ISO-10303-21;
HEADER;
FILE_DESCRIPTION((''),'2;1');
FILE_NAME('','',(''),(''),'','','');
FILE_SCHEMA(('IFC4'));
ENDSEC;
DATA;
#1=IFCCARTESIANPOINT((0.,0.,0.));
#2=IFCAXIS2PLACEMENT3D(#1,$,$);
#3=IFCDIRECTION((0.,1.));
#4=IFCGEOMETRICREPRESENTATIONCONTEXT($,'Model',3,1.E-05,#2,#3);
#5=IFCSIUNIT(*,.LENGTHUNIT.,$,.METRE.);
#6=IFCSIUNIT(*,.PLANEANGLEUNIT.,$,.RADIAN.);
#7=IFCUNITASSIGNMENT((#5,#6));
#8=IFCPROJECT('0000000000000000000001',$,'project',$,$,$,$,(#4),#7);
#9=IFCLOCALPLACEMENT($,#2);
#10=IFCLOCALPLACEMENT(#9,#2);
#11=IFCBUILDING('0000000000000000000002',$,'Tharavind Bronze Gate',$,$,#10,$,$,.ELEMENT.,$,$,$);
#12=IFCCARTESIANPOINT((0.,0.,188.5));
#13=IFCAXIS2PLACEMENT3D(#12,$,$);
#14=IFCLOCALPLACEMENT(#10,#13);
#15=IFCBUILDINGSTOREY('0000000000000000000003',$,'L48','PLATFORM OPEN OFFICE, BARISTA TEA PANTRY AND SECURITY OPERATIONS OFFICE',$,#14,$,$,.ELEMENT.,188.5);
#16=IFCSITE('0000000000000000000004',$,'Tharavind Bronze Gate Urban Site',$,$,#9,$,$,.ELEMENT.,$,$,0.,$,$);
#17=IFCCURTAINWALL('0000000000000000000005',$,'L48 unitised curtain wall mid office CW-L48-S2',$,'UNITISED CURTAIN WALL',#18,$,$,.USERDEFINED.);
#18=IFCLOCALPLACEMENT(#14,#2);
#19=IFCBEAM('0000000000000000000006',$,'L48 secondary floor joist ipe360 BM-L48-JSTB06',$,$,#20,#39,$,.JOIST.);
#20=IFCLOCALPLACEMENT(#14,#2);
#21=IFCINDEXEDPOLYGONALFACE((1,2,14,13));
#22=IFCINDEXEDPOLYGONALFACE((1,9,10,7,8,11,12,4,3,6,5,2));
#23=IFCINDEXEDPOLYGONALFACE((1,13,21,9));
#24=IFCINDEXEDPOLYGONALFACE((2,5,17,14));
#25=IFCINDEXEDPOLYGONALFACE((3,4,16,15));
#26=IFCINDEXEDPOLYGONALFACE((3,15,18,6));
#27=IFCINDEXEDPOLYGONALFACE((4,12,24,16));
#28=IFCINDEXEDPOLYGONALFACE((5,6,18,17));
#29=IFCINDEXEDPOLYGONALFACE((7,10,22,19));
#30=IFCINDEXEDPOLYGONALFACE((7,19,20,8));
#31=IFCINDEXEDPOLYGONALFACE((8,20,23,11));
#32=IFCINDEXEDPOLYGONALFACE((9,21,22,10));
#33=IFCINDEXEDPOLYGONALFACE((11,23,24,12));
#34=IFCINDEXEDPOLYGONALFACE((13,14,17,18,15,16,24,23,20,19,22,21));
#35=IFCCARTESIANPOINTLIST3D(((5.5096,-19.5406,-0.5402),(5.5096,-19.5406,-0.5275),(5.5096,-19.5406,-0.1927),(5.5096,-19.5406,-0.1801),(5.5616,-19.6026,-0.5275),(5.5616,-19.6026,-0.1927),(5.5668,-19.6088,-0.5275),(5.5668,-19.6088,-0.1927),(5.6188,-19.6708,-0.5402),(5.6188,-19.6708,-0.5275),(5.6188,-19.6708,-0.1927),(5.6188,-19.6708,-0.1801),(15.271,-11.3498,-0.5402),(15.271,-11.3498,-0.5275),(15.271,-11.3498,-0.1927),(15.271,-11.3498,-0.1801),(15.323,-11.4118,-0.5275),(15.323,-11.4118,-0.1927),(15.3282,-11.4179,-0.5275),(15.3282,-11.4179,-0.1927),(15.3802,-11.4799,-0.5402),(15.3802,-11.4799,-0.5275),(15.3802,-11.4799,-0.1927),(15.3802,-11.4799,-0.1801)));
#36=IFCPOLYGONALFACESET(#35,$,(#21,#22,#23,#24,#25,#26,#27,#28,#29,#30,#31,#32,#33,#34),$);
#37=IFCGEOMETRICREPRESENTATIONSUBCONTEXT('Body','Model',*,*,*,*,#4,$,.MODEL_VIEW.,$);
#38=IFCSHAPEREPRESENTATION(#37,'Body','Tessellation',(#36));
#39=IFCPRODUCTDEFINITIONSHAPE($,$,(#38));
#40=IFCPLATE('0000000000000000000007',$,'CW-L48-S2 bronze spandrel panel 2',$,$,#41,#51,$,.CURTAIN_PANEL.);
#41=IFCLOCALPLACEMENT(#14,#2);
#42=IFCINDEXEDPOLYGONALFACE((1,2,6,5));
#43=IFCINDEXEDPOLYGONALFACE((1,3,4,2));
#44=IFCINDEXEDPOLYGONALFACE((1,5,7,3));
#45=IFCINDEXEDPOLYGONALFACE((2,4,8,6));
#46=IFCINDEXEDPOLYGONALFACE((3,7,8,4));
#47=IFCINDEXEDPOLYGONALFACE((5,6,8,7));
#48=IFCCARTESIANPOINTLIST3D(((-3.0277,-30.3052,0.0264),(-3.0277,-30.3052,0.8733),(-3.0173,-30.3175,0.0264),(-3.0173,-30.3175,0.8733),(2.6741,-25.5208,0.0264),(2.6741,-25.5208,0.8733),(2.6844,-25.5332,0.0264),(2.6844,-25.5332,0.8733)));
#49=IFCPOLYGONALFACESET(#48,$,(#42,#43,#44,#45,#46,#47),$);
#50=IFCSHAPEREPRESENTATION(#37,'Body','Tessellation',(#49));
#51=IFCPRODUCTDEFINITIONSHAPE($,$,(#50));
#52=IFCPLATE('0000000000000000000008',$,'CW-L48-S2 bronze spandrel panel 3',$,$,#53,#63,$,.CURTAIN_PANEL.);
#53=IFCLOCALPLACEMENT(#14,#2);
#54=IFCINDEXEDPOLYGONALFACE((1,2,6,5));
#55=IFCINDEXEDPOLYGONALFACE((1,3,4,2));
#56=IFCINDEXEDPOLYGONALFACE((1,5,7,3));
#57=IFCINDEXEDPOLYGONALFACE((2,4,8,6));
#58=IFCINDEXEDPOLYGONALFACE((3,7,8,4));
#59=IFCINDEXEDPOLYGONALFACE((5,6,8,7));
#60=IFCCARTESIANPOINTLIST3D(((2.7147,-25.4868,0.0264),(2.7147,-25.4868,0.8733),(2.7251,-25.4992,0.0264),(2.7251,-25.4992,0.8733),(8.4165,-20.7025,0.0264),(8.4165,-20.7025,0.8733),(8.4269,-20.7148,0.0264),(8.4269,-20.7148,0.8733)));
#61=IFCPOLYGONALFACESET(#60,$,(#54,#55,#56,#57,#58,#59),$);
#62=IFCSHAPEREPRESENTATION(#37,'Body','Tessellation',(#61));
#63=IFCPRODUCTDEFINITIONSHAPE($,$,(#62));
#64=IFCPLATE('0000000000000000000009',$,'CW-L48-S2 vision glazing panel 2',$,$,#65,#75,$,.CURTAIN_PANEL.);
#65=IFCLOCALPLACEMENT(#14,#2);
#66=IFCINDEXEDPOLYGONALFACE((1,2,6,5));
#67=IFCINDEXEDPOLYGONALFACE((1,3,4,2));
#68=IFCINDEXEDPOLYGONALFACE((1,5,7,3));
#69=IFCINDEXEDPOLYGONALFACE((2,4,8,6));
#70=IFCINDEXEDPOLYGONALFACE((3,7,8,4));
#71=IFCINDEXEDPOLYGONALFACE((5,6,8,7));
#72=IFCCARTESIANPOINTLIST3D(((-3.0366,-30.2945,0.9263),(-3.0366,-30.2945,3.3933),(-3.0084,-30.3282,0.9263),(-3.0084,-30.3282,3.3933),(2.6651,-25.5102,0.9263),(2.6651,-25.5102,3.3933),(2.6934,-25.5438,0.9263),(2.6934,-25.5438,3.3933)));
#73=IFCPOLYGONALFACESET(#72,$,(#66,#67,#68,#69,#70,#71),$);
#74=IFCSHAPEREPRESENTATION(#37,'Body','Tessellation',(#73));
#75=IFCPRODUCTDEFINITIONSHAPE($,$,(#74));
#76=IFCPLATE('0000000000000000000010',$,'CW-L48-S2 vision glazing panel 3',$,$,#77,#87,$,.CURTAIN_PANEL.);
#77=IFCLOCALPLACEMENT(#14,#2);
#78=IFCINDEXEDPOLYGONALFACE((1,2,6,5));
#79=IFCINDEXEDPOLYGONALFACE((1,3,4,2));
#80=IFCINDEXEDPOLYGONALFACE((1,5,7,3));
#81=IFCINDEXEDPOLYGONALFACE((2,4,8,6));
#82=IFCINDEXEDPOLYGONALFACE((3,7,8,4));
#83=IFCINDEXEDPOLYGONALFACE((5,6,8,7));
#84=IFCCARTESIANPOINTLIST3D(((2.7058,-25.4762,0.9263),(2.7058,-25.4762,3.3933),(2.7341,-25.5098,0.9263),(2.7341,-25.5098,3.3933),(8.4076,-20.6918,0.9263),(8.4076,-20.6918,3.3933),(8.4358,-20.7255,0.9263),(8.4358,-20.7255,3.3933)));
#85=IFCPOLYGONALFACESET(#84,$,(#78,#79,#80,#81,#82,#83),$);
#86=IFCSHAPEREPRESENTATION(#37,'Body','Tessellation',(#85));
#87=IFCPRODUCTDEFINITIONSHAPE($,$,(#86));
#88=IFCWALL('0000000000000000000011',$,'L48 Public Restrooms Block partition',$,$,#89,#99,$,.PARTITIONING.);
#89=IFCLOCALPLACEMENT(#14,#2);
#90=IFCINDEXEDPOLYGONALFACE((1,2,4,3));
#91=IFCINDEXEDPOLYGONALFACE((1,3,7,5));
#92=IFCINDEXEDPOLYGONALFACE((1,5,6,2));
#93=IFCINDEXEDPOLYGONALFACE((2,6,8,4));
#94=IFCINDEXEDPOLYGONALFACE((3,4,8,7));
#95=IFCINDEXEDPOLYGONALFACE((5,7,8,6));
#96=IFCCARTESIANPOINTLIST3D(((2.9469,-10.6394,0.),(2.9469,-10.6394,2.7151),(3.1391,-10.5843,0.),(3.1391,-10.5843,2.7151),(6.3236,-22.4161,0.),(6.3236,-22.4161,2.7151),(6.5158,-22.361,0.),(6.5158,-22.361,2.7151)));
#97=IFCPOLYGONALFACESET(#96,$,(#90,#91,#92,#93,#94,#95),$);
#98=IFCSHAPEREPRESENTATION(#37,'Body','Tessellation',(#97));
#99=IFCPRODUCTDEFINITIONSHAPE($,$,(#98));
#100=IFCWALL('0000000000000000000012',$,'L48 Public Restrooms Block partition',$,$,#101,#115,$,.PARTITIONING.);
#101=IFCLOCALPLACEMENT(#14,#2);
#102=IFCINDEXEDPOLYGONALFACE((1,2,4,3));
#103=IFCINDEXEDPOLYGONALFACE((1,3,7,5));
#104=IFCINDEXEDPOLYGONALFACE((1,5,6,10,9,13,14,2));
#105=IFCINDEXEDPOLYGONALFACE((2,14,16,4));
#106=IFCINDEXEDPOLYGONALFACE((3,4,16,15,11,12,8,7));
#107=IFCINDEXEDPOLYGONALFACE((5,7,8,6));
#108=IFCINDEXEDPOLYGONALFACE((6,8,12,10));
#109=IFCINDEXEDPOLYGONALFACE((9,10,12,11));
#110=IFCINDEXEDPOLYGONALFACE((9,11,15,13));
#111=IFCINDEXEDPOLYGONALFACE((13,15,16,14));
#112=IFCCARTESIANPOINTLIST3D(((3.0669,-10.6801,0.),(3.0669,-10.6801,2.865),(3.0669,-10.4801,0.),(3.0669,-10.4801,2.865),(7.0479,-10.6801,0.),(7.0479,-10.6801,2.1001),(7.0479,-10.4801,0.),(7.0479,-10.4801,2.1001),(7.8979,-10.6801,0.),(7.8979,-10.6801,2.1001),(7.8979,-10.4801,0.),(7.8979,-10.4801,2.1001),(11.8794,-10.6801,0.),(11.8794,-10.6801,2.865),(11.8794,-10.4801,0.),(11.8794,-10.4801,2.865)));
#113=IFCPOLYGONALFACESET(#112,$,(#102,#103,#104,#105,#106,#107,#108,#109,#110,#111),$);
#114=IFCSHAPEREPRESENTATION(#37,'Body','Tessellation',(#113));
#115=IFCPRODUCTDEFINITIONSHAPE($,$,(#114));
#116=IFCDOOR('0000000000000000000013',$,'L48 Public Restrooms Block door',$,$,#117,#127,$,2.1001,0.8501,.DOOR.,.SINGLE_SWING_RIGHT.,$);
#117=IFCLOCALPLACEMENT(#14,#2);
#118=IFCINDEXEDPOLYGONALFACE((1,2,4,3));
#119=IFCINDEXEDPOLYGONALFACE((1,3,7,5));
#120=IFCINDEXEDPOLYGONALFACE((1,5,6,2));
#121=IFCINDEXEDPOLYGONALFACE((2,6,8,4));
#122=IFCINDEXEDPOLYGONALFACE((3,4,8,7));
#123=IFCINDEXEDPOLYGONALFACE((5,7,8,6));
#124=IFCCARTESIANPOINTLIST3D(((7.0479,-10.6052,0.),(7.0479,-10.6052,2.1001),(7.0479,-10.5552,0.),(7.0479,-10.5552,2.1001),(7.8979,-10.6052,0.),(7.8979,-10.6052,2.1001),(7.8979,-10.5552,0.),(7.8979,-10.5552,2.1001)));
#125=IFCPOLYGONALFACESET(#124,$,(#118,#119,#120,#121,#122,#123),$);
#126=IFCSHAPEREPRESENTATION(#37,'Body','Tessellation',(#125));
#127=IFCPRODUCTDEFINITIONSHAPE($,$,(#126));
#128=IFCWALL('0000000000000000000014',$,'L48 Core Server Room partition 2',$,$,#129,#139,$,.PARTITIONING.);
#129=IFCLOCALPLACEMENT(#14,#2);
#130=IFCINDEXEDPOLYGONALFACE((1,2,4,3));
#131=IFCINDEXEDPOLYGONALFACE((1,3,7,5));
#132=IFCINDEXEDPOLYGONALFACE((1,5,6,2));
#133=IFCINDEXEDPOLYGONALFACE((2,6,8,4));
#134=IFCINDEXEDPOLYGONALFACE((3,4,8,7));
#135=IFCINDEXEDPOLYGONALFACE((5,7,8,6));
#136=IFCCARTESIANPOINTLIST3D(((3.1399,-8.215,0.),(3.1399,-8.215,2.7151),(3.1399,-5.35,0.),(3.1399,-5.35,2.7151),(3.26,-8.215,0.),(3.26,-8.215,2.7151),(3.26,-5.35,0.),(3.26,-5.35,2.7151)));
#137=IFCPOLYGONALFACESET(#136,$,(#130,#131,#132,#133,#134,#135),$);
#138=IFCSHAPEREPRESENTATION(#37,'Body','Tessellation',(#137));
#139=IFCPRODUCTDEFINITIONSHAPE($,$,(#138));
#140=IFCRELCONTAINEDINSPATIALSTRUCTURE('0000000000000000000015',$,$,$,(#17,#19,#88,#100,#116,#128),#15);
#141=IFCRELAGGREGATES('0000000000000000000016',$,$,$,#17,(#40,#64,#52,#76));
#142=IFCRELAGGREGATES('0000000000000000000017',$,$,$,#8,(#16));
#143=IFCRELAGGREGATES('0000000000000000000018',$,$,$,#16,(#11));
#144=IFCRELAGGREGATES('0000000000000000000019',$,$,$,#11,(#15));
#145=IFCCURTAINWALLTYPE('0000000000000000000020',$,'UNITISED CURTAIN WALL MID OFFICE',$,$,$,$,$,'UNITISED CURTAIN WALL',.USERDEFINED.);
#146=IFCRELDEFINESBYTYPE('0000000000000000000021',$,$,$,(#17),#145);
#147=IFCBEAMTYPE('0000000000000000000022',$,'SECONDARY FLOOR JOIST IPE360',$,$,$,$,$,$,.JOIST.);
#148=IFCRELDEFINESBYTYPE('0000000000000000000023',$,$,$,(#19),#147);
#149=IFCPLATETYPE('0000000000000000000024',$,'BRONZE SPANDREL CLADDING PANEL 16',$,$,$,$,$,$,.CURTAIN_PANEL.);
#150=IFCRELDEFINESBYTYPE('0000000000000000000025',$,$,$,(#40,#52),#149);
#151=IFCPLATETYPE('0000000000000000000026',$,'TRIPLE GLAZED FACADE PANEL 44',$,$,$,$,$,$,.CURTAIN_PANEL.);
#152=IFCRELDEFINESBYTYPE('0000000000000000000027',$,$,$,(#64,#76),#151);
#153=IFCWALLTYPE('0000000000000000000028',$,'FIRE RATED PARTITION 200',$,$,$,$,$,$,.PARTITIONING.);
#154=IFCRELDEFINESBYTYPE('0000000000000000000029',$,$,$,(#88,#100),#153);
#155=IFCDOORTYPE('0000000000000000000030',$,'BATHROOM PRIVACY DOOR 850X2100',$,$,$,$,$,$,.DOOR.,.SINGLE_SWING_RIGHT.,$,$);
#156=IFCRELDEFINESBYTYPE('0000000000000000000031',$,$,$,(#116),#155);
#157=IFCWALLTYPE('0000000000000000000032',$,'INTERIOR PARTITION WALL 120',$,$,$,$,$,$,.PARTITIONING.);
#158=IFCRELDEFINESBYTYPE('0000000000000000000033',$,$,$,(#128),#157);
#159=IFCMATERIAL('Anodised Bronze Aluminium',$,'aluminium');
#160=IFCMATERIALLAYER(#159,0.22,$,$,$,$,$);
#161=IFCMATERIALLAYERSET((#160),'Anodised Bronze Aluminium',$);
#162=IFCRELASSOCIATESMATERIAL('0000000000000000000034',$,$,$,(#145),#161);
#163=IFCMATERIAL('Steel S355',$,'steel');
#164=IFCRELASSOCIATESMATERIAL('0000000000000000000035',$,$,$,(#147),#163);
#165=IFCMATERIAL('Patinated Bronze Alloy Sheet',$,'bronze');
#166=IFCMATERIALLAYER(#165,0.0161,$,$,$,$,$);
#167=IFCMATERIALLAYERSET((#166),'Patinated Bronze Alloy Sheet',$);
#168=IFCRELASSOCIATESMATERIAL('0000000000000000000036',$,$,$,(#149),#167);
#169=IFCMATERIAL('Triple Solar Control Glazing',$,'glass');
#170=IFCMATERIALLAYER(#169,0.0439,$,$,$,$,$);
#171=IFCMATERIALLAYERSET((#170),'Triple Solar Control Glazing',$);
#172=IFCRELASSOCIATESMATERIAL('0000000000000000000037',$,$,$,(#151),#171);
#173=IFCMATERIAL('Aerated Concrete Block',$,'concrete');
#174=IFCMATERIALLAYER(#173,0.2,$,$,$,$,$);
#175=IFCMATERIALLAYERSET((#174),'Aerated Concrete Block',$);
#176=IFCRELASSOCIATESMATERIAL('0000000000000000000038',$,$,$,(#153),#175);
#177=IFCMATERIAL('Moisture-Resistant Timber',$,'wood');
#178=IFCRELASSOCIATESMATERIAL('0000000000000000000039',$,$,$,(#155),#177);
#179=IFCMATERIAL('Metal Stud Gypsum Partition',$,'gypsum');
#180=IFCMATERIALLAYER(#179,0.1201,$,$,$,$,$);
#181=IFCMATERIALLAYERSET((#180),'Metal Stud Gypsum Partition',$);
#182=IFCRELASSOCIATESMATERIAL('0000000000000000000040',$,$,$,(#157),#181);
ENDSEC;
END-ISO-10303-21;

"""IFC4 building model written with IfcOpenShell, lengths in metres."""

from ifc_helpers import new_model, si_unit, direction, frame, frame_2d, origin, origin_2d, place, context, subcontext, project, spatial, rectangle, i_section, extrude, material, layer, layer_set, material_profile, profile_set, type_object, element, fill, aggregate, save


model = new_model("IFC4")

# Units and contexts
model_context = context("Model", 3, precision=1e-05, world=origin(), true_north=direction((0.0, 1.0)))
body_context = subcontext(model_context, "Body", "Model", "MODEL_VIEW")
ifc_project = project(units=[si_unit("LENGTHUNIT", "METRE"), si_unit("PLANEANGLEUNIT", "RADIAN")], contexts=[model_context])

# Site, building, storey
site_placement = place(None, origin())
site = spatial("IfcSite", under=ifc_project, at=site_placement, Name="Tharavind Bronze Gate Urban Site", CompositionType="ELEMENT", RefElevation=0.0)
building_placement = place(site_placement, origin())
building = spatial("IfcBuilding", under=site, at=building_placement, Name="Tharavind Bronze Gate", CompositionType="ELEMENT")
storey_placement = place(building_placement, frame((0.0, 0.0, 188.5)))
storey = spatial("IfcBuildingStorey", under=building, at=storey_placement, Name="L48", Description="PLATFORM OPEN OFFICE, BARISTA TEA PANTRY AND SECURITY OPERATIONS OFFICE", CompositionType="ELEMENT", Elevation=188.5)

# Curtain wall
ifc_material_1 = material(Name="Anodised Bronze Aluminium", Category="aluminium")
ifc_layer_1 = layer(ifc_material_1, 0.22)
ifc_layer_set_1 = layer_set([ifc_layer_1], Name="Anodised Bronze Aluminium")
curtain_wall_type = type_object("IfcCurtainWallType", Name="UNITISED CURTAIN WALL MID OFFICE", ElementType="UNITISED CURTAIN WALL", PredefinedType="USERDEFINED", material=ifc_layer_set_1)
curtain_wall_placement = place(storey_placement, origin())
curtain_wall = element("IfcCurtainWall", 1, at=curtain_wall_placement, inside=storey, type_object=curtain_wall_type, Name="L48 unitised curtain wall mid office CW-L48-S2", ObjectType="UNITISED CURTAIN WALL", PredefinedType="USERDEFINED")

# Beam
ifc_material_2 = material(Name="Steel S355", Category="steel")
ifc_material_profile_1 = material_profile(ifc_material_2, i_section(OverallWidth=0.1699, OverallDepth=0.3601, WebThickness=0.0081, FlangeThickness=0.0127, at=origin_2d()), Name="IPE360")
ifc_profile_set_1 = profile_set([ifc_material_profile_1], Name="Steel S355")
beam_type_1 = type_object("IfcBeamType", Name="SECONDARY FLOOR JOIST IPE360", PredefinedType="JOIST", material=ifc_profile_set_1)
beam_1_placement = place(storey_placement, frame((5.5642, -19.6057, -0.3601), z_axis=(0.766042, 0.642791, 0.0), x_axis=(-0.642791, 0.766042, 0.0)))
element("IfcBeam", 2, at=beam_1_placement, inside=storey, type_object=beam_type_1, Name="L48 secondary floor joist ipe360 BM-L48-JSTB06", PredefinedType="JOIST", context=body_context, shape_type="SweptSolid", body=[
    extrude(i_section(OverallWidth=0.1699, OverallDepth=0.3601, WebThickness=0.0081, FlangeThickness=0.0127, at=origin_2d()), origin(), (0.0, 0.0, 1.0), 12.7427),
])

# Plates
ifc_material_3 = material(Name="Patinated Bronze Alloy Sheet", Category="bronze")
ifc_layer_2 = layer(ifc_material_3, 0.0161)
ifc_layer_set_2 = layer_set([ifc_layer_2], Name="Patinated Bronze Alloy Sheet")
plate_type_1 = type_object("IfcPlateType", Name="BRONZE SPANDREL CLADDING PANEL 16", PredefinedType="CURTAIN_PANEL", material=ifc_layer_set_2)
plate_1_placement = place(storey_placement, frame((-0.1716, -27.9192, 0.0264), z_axis=(0.0, 0.0, 1.0), x_axis=(0.766043, 0.642789, 0.0)))
plate_1 = element("IfcPlate", 3, at=plate_1_placement, type_object=plate_type_1, Name="CW-L48-S2 bronze spandrel panel 2", PredefinedType="CURTAIN_PANEL", context=body_context, shape_type="SweptSolid", body=[
    extrude(rectangle(XDim=7.4431, YDim=0.0161, at=origin_2d()), origin(), (0.0, 0.0, 1.0), 0.8469),
])
plate_2_placement = place(storey_placement, frame((5.5708, -23.1008, 0.0264), z_axis=(0.0, 0.0, 1.0), x_axis=(0.766043, 0.642789, 0.0)))
plate_2 = element("IfcPlate", 4, at=plate_2_placement, type_object=plate_type_1, Name="CW-L48-S2 bronze spandrel panel 3", PredefinedType="CURTAIN_PANEL", context=body_context, shape_type="SweptSolid", body=[
    extrude(rectangle(XDim=7.4431, YDim=0.0161, at=origin_2d()), origin(), (0.0, 0.0, 1.0), 0.8469),
])
ifc_material_4 = material(Name="Triple Solar Control Glazing", Category="glass")
ifc_layer_3 = layer(ifc_material_4, 0.0439)
ifc_layer_set_3 = layer_set([ifc_layer_3], Name="Triple Solar Control Glazing")
plate_type_2 = type_object("IfcPlateType", Name="TRIPLE GLAZED FACADE PANEL 44", PredefinedType="CURTAIN_PANEL", material=ifc_layer_set_3)
plate_3_placement = place(storey_placement, frame((-0.1716, -27.9192, 0.9263), z_axis=(0.0, 0.0, 1.0), x_axis=(0.766043, 0.642789, 0.0)))
plate_3 = element("IfcPlate", 5, at=plate_3_placement, type_object=plate_type_2, Name="CW-L48-S2 vision glazing panel 2", PredefinedType="CURTAIN_PANEL", context=body_context, shape_type="SweptSolid", body=[
    extrude(rectangle(XDim=7.4431, YDim=0.0439, at=origin_2d()), origin(), (0.0, 0.0, 1.0), 2.467),
])
plate_4_placement = place(storey_placement, frame((5.5708, -23.1008, 0.9263), z_axis=(0.0, 0.0, 1.0), x_axis=(0.766043, 0.642789, 0.0)))
plate_4 = element("IfcPlate", 6, at=plate_4_placement, type_object=plate_type_2, Name="CW-L48-S2 vision glazing panel 3", PredefinedType="CURTAIN_PANEL", context=body_context, shape_type="SweptSolid", body=[
    extrude(rectangle(XDim=7.4431, YDim=0.0439, at=origin_2d()), origin(), (0.0, 0.0, 1.0), 2.467),
])
aggregate(curtain_wall, [plate_1, plate_3, plate_2, plate_4])

# Wall
ifc_material_5 = material(Name="Aerated Concrete Block", Category="concrete")
ifc_layer_4 = layer(ifc_material_5, 0.2)
ifc_layer_set_4 = layer_set([ifc_layer_4], Name="Aerated Concrete Block")
wall_type_1 = type_object("IfcWallType", Name="FIRE RATED PARTITION 200", PredefinedType="PARTITIONING", material=ifc_layer_set_4)
wall_1_placement = place(storey_placement, frame((6.4197, -22.3884, 0.0), z_axis=(0.0, 0.0, 1.0), x_axis=(-0.275624, 0.961266, 0.0)))
element("IfcWall", 7, at=wall_1_placement, inside=storey, type_object=wall_type_1, Name="L48 Public Restrooms Block partition", PredefinedType="PARTITIONING", context=body_context, shape_type="SweptSolid", body=[
    extrude(rectangle(XDim=12.2512, YDim=0.2, at=frame_2d((6.1255, 0.0))), origin(), (0.0, 0.0, 1.0), 2.7151),
])

# Wall, opening, door
wall_2_placement = place(storey_placement, frame((3.0669, -10.5801, 0.0), z_axis=(0.0, 0.0, 1.0), x_axis=(1.0, 0.0, 0.0)))
wall_2 = element("IfcWall", 8, at=wall_2_placement, inside=storey, type_object=wall_type_1, Name="L48 Public Restrooms Block partition", PredefinedType="PARTITIONING", context=body_context, shape_type="SweptSolid", body=[
    extrude(rectangle(XDim=8.8125, YDim=0.2, at=frame_2d((4.4062, 0.0))), origin(), (0.0, 0.0, 1.0), 2.865),
])
opening_placement = place(wall_2_placement, frame((3.981, 0.0, 0.0)))
opening = element("IfcOpeningElement", 9, at=opening_placement, cuts=wall_2, PredefinedType="OPENING", context=body_context, shape_type="SweptSolid", body=[
    extrude(rectangle(XDim=0.8501, YDim=2.1001, at=frame_2d((0.425, 1.05))), frame((0.0, 0.1101, 0.0), z_axis=(0.0, -1.0, 0.0), x_axis=(1.0, 0.0, 0.0)), (0.0, 0.0, 1.0), 0.22),
])
ifc_material_6 = material(Name="Moisture-Resistant Timber", Category="wood")
door_type = type_object("IfcDoorType", Name="BATHROOM PRIVACY DOOR 850X2100", OperationType="SINGLE_SWING_RIGHT", PredefinedType="DOOR", material=ifc_material_6)
door_placement = place(opening_placement, origin())
door = element("IfcDoor", 10, at=door_placement, inside=storey, type_object=door_type, Name="L48 Public Restrooms Block door", OperationType="SINGLE_SWING_RIGHT", OverallHeight=2.1001, OverallWidth=0.8501, PredefinedType="DOOR", context=body_context, shape_type="SweptSolid", body=[
    extrude(rectangle(XDim=0.8501, YDim=2.1001, at=frame_2d((0.425, 1.05))), frame((0.0, 0.0249, 0.0), z_axis=(0.0, -1.0, 0.0), x_axis=(1.0, 0.0, 0.0)), (0.0, 0.0, 1.0), 0.05),
])
fill(opening, door)

# Wall
ifc_material_7 = material(Name="Metal Stud Gypsum Partition", Category="gypsum")
ifc_layer_5 = layer(ifc_material_7, 0.1201)
ifc_layer_set_5 = layer_set([ifc_layer_5], Name="Metal Stud Gypsum Partition")
wall_type_2 = type_object("IfcWallType", Name="INTERIOR PARTITION WALL 120", PredefinedType="PARTITIONING", material=ifc_layer_set_5)
wall_3_placement = place(storey_placement, frame((3.2, -8.2151, 0.0), z_axis=(0.0, 0.0, 1.0), x_axis=(0.0, 1.0, 0.0)))
element("IfcWall", 11, at=wall_3_placement, inside=storey, type_object=wall_type_2, Name="L48 Core Server Room partition 2", PredefinedType="PARTITIONING", context=body_context, shape_type="SweptSolid", body=[
    extrude(rectangle(XDim=2.865, YDim=0.1201, at=frame_2d((1.4326, 0.0))), origin(), (0.0, 0.0, 1.0), 2.7151),
])

save(model, "model.ifc")
